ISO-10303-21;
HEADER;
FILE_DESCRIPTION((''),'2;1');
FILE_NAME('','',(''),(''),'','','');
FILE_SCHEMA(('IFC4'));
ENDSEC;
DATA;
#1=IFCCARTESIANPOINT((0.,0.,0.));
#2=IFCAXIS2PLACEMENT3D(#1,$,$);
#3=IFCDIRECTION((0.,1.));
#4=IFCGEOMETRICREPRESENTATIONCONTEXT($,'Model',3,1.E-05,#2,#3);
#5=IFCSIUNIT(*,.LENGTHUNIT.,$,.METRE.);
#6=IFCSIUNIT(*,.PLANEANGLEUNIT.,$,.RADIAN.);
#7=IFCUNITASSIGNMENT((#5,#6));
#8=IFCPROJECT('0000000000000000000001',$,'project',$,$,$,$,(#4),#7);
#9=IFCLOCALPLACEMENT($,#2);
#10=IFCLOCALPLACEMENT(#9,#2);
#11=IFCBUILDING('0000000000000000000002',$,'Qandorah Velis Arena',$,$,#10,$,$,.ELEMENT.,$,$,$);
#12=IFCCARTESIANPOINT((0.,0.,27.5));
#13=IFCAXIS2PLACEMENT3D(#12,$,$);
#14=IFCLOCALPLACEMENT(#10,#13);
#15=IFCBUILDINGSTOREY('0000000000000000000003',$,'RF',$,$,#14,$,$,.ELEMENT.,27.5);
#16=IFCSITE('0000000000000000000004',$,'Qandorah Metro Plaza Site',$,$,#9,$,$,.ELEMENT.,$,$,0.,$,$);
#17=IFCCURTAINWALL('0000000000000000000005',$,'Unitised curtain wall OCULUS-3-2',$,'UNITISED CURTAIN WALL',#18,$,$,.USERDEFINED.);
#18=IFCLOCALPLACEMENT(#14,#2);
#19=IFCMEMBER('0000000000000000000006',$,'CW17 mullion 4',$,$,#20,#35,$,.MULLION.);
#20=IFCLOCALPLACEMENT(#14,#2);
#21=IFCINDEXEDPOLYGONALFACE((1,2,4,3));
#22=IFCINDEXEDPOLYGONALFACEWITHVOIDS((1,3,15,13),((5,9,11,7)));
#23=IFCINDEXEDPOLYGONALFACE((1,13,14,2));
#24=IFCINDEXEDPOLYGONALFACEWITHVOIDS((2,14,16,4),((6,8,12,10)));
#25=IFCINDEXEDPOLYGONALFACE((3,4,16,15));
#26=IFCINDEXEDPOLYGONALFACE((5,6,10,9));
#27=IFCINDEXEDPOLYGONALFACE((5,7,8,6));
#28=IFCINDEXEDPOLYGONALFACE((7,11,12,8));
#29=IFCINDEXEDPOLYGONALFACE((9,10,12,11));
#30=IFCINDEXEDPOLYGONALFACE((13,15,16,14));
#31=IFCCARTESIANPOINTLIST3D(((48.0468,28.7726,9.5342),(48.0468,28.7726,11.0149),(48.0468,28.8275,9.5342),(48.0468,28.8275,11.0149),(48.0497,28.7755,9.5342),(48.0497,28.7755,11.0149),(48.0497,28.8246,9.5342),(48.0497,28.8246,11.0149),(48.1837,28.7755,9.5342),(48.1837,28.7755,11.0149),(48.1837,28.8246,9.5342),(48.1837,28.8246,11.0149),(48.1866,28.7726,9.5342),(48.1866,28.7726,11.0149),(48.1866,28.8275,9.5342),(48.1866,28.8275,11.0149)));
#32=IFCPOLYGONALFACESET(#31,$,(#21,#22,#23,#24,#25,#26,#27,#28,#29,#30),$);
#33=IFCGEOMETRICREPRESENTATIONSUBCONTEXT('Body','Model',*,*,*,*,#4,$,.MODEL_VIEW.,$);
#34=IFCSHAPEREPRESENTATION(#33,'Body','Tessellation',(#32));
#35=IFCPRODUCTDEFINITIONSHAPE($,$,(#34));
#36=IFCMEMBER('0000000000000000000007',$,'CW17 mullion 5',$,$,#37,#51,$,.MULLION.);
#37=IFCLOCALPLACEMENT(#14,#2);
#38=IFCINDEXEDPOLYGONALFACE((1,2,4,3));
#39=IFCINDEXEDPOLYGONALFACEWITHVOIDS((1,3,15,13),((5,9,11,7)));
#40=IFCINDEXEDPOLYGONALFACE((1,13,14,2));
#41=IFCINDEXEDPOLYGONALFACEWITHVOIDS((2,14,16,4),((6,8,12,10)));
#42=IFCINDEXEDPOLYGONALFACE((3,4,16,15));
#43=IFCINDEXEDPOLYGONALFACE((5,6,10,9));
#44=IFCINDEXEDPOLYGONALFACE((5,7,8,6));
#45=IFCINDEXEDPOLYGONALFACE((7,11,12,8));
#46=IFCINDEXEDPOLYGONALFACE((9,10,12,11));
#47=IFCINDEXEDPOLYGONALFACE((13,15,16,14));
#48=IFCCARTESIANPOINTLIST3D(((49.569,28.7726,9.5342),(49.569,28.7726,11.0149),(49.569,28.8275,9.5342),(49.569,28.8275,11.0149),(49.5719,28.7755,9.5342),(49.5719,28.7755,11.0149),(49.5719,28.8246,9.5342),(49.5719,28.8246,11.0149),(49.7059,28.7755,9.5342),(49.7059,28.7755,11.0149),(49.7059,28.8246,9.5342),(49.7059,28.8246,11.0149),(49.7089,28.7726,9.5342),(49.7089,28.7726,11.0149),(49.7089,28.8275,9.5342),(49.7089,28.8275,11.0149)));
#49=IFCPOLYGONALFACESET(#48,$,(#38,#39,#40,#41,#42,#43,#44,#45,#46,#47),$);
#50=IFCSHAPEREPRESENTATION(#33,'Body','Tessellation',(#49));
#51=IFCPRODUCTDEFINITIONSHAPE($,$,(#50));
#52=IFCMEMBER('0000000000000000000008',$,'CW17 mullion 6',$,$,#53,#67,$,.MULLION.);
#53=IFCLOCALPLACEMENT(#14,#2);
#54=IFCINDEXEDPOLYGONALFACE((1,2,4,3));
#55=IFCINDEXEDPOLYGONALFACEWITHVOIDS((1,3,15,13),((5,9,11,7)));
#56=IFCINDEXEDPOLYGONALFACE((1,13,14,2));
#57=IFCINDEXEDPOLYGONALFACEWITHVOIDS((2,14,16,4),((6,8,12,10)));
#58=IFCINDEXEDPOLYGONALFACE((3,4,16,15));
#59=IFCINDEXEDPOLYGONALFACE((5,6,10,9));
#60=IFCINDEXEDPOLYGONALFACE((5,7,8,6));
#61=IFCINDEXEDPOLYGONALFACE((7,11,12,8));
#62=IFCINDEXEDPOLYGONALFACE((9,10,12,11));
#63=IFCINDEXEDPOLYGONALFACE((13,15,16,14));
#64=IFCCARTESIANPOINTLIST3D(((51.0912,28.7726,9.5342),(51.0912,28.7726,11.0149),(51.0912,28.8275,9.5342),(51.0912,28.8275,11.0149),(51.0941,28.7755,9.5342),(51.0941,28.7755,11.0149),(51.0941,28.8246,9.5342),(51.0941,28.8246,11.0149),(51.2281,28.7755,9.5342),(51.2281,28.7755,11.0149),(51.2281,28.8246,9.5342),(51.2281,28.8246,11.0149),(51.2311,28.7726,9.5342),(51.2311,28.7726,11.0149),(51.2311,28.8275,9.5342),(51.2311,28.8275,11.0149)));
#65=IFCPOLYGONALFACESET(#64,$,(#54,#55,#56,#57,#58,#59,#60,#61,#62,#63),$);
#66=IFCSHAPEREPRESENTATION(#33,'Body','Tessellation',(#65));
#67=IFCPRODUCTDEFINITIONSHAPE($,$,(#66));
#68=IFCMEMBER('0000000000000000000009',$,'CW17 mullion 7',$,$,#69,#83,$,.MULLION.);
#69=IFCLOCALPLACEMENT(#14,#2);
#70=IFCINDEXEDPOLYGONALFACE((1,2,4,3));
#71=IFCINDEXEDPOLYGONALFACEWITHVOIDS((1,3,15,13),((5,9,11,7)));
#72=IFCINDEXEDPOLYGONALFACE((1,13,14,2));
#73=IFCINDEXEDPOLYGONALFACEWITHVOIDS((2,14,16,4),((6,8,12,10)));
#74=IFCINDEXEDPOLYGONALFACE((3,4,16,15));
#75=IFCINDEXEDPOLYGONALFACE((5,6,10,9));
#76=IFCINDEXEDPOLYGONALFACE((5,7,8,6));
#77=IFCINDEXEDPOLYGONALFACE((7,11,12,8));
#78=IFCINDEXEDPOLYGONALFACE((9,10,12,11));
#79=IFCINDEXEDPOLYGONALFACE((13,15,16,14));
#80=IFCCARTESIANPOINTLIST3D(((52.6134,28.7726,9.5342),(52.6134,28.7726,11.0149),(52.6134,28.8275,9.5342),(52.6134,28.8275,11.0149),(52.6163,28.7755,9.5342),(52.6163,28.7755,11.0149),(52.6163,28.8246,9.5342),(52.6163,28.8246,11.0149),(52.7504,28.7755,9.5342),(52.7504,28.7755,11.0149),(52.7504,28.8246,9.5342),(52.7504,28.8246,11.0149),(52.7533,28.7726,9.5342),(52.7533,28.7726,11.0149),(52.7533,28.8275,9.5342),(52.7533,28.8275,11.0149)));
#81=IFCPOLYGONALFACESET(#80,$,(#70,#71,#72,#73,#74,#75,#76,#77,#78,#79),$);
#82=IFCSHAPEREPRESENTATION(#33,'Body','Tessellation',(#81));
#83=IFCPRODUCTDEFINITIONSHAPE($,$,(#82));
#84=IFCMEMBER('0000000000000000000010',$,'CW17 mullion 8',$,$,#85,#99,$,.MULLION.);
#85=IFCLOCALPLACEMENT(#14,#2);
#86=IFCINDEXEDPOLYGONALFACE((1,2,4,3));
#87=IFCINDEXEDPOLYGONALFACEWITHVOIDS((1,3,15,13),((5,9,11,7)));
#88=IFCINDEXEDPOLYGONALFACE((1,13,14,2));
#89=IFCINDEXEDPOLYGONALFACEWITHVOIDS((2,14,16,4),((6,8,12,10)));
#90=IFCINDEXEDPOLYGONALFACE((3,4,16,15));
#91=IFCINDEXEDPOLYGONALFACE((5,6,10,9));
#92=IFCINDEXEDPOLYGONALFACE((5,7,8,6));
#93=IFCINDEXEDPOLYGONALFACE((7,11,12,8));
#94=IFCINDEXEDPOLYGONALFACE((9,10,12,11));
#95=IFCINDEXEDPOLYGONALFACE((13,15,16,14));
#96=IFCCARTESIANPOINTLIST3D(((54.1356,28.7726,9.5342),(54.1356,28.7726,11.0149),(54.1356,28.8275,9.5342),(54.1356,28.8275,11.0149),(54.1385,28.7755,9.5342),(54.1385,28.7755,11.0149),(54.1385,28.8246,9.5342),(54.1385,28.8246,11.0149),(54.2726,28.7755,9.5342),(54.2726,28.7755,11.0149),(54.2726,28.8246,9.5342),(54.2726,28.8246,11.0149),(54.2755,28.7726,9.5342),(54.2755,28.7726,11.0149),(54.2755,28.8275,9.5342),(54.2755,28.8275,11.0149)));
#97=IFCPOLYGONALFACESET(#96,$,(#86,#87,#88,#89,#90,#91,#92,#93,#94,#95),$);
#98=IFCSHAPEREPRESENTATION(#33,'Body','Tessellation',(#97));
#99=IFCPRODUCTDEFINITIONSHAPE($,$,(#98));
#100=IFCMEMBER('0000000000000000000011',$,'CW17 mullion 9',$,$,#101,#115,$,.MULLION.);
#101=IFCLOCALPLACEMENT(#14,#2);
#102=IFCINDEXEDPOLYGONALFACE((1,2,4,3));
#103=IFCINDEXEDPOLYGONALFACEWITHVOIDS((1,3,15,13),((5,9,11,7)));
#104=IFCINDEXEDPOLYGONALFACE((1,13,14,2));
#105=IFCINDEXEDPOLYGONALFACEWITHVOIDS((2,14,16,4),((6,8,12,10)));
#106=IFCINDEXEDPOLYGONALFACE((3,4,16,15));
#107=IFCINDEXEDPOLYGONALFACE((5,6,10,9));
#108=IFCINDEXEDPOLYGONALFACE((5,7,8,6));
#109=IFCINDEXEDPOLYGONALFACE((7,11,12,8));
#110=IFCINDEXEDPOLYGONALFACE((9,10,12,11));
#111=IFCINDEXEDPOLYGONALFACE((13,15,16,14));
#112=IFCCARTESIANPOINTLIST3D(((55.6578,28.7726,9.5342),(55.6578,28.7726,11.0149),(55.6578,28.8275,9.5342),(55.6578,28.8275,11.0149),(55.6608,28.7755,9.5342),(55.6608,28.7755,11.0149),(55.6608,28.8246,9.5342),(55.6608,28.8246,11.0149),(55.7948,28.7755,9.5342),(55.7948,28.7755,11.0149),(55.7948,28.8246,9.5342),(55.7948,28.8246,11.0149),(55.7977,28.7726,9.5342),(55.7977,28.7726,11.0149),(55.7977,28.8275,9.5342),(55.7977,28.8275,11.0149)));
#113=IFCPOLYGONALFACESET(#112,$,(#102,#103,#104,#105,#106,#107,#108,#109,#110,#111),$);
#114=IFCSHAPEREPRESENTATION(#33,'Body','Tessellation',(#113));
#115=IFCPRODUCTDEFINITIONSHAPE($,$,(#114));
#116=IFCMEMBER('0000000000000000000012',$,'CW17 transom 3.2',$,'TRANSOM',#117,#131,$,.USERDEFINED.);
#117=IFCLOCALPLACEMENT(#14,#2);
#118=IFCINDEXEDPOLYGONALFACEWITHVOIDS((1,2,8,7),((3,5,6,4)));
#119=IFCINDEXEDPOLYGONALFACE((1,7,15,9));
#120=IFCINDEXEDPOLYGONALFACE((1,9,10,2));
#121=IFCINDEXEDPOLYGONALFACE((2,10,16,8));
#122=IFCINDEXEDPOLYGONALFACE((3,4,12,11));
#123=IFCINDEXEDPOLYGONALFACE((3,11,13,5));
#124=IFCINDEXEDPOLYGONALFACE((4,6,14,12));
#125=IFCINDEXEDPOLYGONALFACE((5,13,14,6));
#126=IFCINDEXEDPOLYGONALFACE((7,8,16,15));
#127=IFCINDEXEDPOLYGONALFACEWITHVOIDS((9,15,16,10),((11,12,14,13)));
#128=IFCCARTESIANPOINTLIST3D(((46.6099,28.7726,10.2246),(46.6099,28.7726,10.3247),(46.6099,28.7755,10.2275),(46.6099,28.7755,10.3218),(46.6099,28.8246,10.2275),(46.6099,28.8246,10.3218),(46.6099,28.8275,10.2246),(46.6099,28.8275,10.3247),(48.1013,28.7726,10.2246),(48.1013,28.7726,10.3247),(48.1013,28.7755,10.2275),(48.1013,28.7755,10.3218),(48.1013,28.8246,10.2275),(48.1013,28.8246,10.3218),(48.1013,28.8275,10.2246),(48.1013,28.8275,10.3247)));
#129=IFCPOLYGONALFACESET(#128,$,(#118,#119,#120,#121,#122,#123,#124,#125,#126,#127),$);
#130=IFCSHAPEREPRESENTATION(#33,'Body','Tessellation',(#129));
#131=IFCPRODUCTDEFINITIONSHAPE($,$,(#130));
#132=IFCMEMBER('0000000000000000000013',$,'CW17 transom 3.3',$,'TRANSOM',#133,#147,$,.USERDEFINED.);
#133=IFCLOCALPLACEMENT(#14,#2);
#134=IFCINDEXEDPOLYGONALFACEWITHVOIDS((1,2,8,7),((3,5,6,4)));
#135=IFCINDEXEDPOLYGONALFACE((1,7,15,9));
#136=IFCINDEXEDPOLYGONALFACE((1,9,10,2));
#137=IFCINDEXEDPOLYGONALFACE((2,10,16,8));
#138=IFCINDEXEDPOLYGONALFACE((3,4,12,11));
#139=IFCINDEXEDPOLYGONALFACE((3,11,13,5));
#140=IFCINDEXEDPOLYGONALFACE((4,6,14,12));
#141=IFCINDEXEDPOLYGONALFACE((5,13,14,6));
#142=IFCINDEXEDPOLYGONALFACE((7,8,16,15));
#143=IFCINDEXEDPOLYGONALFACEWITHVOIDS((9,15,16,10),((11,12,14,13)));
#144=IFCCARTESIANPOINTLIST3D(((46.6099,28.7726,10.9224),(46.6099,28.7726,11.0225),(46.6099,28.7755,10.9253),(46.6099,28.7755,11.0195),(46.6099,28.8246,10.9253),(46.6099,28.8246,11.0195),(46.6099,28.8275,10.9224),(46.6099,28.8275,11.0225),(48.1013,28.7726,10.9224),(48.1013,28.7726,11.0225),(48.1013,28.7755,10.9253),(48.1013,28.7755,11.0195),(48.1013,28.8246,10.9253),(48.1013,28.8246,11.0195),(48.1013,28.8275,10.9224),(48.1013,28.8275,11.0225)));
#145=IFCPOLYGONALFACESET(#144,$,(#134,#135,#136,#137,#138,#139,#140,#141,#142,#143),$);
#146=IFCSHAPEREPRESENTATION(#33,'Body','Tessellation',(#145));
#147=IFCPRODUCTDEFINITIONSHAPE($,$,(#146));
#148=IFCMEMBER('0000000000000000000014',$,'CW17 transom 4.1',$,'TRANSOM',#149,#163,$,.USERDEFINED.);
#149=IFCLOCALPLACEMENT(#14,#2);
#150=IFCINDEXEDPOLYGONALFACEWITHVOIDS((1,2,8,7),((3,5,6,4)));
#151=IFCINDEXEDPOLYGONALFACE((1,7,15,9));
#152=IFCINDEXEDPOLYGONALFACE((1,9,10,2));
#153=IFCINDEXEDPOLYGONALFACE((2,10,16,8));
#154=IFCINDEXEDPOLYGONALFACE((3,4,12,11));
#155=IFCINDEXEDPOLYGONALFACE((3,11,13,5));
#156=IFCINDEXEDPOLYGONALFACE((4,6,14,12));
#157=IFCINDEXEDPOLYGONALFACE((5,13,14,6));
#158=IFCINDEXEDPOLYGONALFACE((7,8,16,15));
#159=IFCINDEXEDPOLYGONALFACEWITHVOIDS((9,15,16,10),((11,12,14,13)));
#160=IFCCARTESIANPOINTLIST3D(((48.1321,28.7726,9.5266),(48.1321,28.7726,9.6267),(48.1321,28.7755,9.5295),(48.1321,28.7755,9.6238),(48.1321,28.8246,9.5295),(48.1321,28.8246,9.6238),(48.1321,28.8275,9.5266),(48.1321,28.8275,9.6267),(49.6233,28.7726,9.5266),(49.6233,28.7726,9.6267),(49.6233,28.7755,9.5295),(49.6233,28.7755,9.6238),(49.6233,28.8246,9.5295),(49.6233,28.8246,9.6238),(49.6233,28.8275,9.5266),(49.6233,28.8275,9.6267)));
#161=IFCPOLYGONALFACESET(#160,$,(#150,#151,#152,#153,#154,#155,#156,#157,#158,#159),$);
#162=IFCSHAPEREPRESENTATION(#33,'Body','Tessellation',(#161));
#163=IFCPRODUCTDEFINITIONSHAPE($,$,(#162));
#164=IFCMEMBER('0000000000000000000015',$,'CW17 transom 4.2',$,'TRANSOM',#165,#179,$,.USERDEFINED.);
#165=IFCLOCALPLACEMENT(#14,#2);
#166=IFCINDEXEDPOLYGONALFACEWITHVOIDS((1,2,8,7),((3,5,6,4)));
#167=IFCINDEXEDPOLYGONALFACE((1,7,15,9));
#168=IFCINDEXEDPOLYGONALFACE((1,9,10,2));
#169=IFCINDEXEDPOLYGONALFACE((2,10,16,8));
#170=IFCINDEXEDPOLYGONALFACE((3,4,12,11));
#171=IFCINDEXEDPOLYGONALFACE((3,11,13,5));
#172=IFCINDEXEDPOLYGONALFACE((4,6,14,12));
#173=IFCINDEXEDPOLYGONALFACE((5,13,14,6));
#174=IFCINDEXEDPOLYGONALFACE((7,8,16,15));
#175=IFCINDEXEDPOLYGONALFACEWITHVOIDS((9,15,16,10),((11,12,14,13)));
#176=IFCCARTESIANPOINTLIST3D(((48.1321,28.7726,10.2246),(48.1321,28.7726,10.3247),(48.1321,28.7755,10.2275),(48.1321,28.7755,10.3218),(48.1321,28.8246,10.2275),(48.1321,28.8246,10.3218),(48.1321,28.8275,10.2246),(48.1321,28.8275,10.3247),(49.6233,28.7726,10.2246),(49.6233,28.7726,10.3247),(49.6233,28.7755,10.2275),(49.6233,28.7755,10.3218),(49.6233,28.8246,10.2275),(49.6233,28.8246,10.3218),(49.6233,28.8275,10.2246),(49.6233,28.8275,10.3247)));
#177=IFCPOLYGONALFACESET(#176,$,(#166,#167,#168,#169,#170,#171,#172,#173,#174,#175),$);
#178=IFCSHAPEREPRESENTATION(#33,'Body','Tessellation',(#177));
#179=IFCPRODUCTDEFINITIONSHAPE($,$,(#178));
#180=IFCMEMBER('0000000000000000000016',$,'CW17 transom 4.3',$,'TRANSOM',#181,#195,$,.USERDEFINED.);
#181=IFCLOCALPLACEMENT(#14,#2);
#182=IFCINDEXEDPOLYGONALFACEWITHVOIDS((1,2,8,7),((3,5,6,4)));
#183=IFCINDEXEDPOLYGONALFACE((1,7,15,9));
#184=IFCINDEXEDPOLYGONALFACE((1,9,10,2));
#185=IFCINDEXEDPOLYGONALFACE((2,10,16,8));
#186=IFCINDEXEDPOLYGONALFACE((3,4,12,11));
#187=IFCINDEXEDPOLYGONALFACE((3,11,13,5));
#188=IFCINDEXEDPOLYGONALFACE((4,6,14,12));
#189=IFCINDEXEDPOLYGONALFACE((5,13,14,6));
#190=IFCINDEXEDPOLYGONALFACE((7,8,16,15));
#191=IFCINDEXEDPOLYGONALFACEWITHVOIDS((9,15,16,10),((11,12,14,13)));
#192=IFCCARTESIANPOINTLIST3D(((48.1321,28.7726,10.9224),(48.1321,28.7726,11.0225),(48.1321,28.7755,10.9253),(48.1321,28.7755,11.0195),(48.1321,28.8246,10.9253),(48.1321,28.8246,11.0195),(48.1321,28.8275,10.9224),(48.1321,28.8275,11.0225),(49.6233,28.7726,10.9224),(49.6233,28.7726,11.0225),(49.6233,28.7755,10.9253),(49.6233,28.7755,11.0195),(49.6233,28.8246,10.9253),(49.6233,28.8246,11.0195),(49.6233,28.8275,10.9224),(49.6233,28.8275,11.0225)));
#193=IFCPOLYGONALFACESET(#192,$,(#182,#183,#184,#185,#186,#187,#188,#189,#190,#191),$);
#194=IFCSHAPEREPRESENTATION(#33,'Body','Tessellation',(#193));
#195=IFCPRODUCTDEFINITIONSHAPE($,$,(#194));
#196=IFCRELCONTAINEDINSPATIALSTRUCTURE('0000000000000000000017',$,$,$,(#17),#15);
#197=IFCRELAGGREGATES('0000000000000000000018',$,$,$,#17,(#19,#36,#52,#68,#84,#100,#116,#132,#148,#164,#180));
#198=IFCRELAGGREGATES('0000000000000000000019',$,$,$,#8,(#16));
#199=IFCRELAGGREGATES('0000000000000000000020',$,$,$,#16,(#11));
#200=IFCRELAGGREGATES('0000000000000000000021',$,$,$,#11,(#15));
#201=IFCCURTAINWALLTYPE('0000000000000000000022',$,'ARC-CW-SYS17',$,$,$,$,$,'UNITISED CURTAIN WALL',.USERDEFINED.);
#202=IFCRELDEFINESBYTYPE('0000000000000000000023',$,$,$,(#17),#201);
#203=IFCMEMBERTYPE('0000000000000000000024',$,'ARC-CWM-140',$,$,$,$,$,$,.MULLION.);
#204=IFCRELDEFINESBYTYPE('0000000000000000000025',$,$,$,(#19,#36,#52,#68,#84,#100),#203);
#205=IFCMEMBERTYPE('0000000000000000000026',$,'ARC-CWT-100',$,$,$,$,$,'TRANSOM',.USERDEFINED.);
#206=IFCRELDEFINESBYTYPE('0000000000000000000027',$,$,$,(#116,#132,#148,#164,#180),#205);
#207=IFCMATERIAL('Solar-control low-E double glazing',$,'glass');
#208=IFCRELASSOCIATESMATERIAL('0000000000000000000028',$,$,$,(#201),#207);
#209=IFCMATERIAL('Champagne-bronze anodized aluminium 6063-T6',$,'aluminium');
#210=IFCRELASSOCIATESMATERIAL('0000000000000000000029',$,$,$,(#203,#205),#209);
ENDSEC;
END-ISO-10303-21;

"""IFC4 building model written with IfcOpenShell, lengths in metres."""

from ifc_helpers import new_model, si_unit, direction, frame, origin, origin_2d, place, context, subcontext, project, spatial, hollow_rectangle, extrude, material, material_profile, profile_set, type_object, element, aggregate, save


model = new_model("IFC4")

# Units and contexts
model_context = context("Model", 3, precision=1e-05, world=origin(), true_north=direction((0.0, 1.0)))
body_context = subcontext(model_context, "Body", "Model", "MODEL_VIEW")
ifc_project = project(units=[si_unit("LENGTHUNIT", "METRE"), si_unit("PLANEANGLEUNIT", "RADIAN")], contexts=[model_context])

# Site, building, storey
site_placement = place(None, origin())
site = spatial("IfcSite", under=ifc_project, at=site_placement, Name="Qandorah Metro Plaza Site", CompositionType="ELEMENT", RefElevation=0.0)
building_placement = place(site_placement, origin())
building = spatial("IfcBuilding", under=site, at=building_placement, Name="Qandorah Velis Arena", CompositionType="ELEMENT")
storey_placement = place(building_placement, frame((0.0, 0.0, 27.5)))
storey = spatial("IfcBuildingStorey", under=building, at=storey_placement, Name="RF", CompositionType="ELEMENT", Elevation=27.5)

# Curtain wall, members
ifc_material_1 = material(Name="Solar-control low-E double glazing", Category="glass")
curtain_wall_type = type_object("IfcCurtainWallType", Name="ARC-CW-SYS17", ElementType="UNITISED CURTAIN WALL", PredefinedType="USERDEFINED", material=ifc_material_1)
curtain_wall_placement = place(storey_placement, origin())
curtain_wall = element("IfcCurtainWall", 1, at=curtain_wall_placement, inside=storey, type_object=curtain_wall_type, Name="Unitised curtain wall OCULUS-3-2", ObjectType="UNITISED CURTAIN WALL", PredefinedType="USERDEFINED")
ifc_material_2 = material(Name="Champagne-bronze anodized aluminium 6063-T6", Category="aluminium")
ifc_material_profile_1 = material_profile(ifc_material_2, hollow_rectangle(XDim=0.0549, YDim=0.1399, WallThickness=0.0029, at=origin_2d()), Name="ALU MULLION 55x140")
ifc_profile_set_1 = profile_set([ifc_material_profile_1], Name="Champagne-bronze anodized aluminium 6063-T6")
member_type_1 = type_object("IfcMemberType", Name="ARC-CWM-140", PredefinedType="MULLION", material=ifc_profile_set_1)
member_1_placement = place(storey_placement, frame((48.1167, 28.8, 9.5342), z_axis=(0.0, 0.0, 1.0), x_axis=(0.0, 1.0, 0.0)))
member_1 = element("IfcMember", 2, at=member_1_placement, type_object=member_type_1, Name="CW17 mullion 4", PredefinedType="MULLION", context=body_context, shape_type="SweptSolid", body=[
    extrude(hollow_rectangle(XDim=0.0549, YDim=0.1399, WallThickness=0.0029, at=origin_2d()), origin(), (0.0, 0.0, 1.0), 1.4807),
])
member_2_placement = place(storey_placement, frame((49.6389, 28.8, 9.5342), z_axis=(0.0, 0.0, 1.0), x_axis=(0.0, 1.0, 0.0)))
member_2 = element("IfcMember", 3, at=member_2_placement, type_object=member_type_1, Name="CW17 mullion 5", PredefinedType="MULLION", context=body_context, shape_type="SweptSolid", body=[
    extrude(hollow_rectangle(XDim=0.0549, YDim=0.1399, WallThickness=0.0029, at=origin_2d()), origin(), (0.0, 0.0, 1.0), 1.4807),
])
member_3_placement = place(storey_placement, frame((51.1611, 28.8, 9.5342), z_axis=(0.0, 0.0, 1.0), x_axis=(0.0, 1.0, 0.0)))
member_3 = element("IfcMember", 4, at=member_3_placement, type_object=member_type_1, Name="CW17 mullion 6", PredefinedType="MULLION", context=body_context, shape_type="SweptSolid", body=[
    extrude(hollow_rectangle(XDim=0.0549, YDim=0.1399, WallThickness=0.0029, at=origin_2d()), origin(), (0.0, 0.0, 1.0), 1.4807),
])
member_4_placement = place(storey_placement, frame((52.6833, 28.8, 9.5342), z_axis=(0.0, 0.0, 1.0), x_axis=(0.0, 1.0, 0.0)))
member_4 = element("IfcMember", 5, at=member_4_placement, type_object=member_type_1, Name="CW17 mullion 7", PredefinedType="MULLION", context=body_context, shape_type="SweptSolid", body=[
    extrude(hollow_rectangle(XDim=0.0549, YDim=0.1399, WallThickness=0.0029, at=origin_2d()), origin(), (0.0, 0.0, 1.0), 1.4807),
])
member_5_placement = place(storey_placement, frame((54.2056, 28.8, 9.5342), z_axis=(0.0, 0.0, 1.0), x_axis=(0.0, 1.0, 0.0)))
member_5 = element("IfcMember", 6, at=member_5_placement, type_object=member_type_1, Name="CW17 mullion 8", PredefinedType="MULLION", context=body_context, shape_type="SweptSolid", body=[
    extrude(hollow_rectangle(XDim=0.0549, YDim=0.1399, WallThickness=0.0029, at=origin_2d()), origin(), (0.0, 0.0, 1.0), 1.4807),
])
member_6_placement = place(storey_placement, frame((55.7278, 28.8, 9.5342), z_axis=(0.0, 0.0, 1.0), x_axis=(0.0, 1.0, 0.0)))
member_6 = element("IfcMember", 7, at=member_6_placement, type_object=member_type_1, Name="CW17 mullion 9", PredefinedType="MULLION", context=body_context, shape_type="SweptSolid", body=[
    extrude(hollow_rectangle(XDim=0.0549, YDim=0.1399, WallThickness=0.0029, at=origin_2d()), origin(), (0.0, 0.0, 1.0), 1.4807),
])
ifc_material_profile_2 = material_profile(ifc_material_2, hollow_rectangle(XDim=0.0549, YDim=0.1001, WallThickness=0.0029, at=origin_2d()), Name="ALU TRANSOM 55x100")
ifc_profile_set_2 = profile_set([ifc_material_profile_2], Name="Champagne-bronze anodized aluminium 6063-T6")
member_type_2 = type_object("IfcMemberType", Name="ARC-CWT-100", ElementType="TRANSOM", PredefinedType="USERDEFINED", material=ifc_profile_set_2)
member_7_placement = place(storey_placement, frame((46.6099, 28.8, 10.2747), z_axis=(1.0, 0.0, 0.0), x_axis=(0.0, 1.0, 0.0)))
member_7 = element("IfcMember", 8, at=member_7_placement, type_object=member_type_2, Name="CW17 transom 3.2", ObjectType="TRANSOM", PredefinedType="USERDEFINED", context=body_context, shape_type="SweptSolid", body=[
    extrude(hollow_rectangle(XDim=0.0549, YDim=0.1001, WallThickness=0.0029, at=origin_2d()), origin(), (0.0, 0.0, 1.0), 1.4915),
])
member_8_placement = place(storey_placement, frame((46.6099, 28.8, 10.9724), z_axis=(1.0, 0.0, 0.0), x_axis=(0.0, 1.0, 0.0)))
member_8 = element("IfcMember", 9, at=member_8_placement, type_object=member_type_2, Name="CW17 transom 3.3", ObjectType="TRANSOM", PredefinedType="USERDEFINED", context=body_context, shape_type="SweptSolid", body=[
    extrude(hollow_rectangle(XDim=0.0549, YDim=0.1001, WallThickness=0.0029, at=origin_2d()), origin(), (0.0, 0.0, 1.0), 1.4915),
])
member_9_placement = place(storey_placement, frame((48.1321, 28.8, 9.5767), z_axis=(1.0, 0.0, 0.0), x_axis=(0.0, 1.0, 0.0)))
member_9 = element("IfcMember", 10, at=member_9_placement, type_object=member_type_2, Name="CW17 transom 4.1", ObjectType="TRANSOM", PredefinedType="USERDEFINED", context=body_context, shape_type="SweptSolid", body=[
    extrude(hollow_rectangle(XDim=0.0549, YDim=0.1001, WallThickness=0.0029, at=origin_2d()), origin(), (0.0, 0.0, 1.0), 1.4912),
])
member_10_placement = place(storey_placement, frame((48.1321, 28.8, 10.2747), z_axis=(1.0, 0.0, 0.0), x_axis=(0.0, 1.0, 0.0)))
member_10 = element("IfcMember", 11, at=member_10_placement, type_object=member_type_2, Name="CW17 transom 4.2", ObjectType="TRANSOM", PredefinedType="USERDEFINED", context=body_context, shape_type="SweptSolid", body=[
    extrude(hollow_rectangle(XDim=0.0549, YDim=0.1001, WallThickness=0.0029, at=origin_2d()), origin(), (0.0, 0.0, 1.0), 1.4912),
])
member_11_placement = place(storey_placement, frame((48.1321, 28.8, 10.9724), z_axis=(1.0, 0.0, 0.0), x_axis=(0.0, 1.0, 0.0)))
member_11 = element("IfcMember", 12, at=member_11_placement, type_object=member_type_2, Name="CW17 transom 4.3", ObjectType="TRANSOM", PredefinedType="USERDEFINED", context=body_context, shape_type="SweptSolid", body=[
    extrude(hollow_rectangle(XDim=0.0549, YDim=0.1001, WallThickness=0.0029, at=origin_2d()), origin(), (0.0, 0.0, 1.0), 1.4912),
])
aggregate(curtain_wall, [member_1, member_2, member_3, member_4, member_5, member_6, member_7, member_8, member_9, member_10, member_11])

save(model, "model.ifc")
